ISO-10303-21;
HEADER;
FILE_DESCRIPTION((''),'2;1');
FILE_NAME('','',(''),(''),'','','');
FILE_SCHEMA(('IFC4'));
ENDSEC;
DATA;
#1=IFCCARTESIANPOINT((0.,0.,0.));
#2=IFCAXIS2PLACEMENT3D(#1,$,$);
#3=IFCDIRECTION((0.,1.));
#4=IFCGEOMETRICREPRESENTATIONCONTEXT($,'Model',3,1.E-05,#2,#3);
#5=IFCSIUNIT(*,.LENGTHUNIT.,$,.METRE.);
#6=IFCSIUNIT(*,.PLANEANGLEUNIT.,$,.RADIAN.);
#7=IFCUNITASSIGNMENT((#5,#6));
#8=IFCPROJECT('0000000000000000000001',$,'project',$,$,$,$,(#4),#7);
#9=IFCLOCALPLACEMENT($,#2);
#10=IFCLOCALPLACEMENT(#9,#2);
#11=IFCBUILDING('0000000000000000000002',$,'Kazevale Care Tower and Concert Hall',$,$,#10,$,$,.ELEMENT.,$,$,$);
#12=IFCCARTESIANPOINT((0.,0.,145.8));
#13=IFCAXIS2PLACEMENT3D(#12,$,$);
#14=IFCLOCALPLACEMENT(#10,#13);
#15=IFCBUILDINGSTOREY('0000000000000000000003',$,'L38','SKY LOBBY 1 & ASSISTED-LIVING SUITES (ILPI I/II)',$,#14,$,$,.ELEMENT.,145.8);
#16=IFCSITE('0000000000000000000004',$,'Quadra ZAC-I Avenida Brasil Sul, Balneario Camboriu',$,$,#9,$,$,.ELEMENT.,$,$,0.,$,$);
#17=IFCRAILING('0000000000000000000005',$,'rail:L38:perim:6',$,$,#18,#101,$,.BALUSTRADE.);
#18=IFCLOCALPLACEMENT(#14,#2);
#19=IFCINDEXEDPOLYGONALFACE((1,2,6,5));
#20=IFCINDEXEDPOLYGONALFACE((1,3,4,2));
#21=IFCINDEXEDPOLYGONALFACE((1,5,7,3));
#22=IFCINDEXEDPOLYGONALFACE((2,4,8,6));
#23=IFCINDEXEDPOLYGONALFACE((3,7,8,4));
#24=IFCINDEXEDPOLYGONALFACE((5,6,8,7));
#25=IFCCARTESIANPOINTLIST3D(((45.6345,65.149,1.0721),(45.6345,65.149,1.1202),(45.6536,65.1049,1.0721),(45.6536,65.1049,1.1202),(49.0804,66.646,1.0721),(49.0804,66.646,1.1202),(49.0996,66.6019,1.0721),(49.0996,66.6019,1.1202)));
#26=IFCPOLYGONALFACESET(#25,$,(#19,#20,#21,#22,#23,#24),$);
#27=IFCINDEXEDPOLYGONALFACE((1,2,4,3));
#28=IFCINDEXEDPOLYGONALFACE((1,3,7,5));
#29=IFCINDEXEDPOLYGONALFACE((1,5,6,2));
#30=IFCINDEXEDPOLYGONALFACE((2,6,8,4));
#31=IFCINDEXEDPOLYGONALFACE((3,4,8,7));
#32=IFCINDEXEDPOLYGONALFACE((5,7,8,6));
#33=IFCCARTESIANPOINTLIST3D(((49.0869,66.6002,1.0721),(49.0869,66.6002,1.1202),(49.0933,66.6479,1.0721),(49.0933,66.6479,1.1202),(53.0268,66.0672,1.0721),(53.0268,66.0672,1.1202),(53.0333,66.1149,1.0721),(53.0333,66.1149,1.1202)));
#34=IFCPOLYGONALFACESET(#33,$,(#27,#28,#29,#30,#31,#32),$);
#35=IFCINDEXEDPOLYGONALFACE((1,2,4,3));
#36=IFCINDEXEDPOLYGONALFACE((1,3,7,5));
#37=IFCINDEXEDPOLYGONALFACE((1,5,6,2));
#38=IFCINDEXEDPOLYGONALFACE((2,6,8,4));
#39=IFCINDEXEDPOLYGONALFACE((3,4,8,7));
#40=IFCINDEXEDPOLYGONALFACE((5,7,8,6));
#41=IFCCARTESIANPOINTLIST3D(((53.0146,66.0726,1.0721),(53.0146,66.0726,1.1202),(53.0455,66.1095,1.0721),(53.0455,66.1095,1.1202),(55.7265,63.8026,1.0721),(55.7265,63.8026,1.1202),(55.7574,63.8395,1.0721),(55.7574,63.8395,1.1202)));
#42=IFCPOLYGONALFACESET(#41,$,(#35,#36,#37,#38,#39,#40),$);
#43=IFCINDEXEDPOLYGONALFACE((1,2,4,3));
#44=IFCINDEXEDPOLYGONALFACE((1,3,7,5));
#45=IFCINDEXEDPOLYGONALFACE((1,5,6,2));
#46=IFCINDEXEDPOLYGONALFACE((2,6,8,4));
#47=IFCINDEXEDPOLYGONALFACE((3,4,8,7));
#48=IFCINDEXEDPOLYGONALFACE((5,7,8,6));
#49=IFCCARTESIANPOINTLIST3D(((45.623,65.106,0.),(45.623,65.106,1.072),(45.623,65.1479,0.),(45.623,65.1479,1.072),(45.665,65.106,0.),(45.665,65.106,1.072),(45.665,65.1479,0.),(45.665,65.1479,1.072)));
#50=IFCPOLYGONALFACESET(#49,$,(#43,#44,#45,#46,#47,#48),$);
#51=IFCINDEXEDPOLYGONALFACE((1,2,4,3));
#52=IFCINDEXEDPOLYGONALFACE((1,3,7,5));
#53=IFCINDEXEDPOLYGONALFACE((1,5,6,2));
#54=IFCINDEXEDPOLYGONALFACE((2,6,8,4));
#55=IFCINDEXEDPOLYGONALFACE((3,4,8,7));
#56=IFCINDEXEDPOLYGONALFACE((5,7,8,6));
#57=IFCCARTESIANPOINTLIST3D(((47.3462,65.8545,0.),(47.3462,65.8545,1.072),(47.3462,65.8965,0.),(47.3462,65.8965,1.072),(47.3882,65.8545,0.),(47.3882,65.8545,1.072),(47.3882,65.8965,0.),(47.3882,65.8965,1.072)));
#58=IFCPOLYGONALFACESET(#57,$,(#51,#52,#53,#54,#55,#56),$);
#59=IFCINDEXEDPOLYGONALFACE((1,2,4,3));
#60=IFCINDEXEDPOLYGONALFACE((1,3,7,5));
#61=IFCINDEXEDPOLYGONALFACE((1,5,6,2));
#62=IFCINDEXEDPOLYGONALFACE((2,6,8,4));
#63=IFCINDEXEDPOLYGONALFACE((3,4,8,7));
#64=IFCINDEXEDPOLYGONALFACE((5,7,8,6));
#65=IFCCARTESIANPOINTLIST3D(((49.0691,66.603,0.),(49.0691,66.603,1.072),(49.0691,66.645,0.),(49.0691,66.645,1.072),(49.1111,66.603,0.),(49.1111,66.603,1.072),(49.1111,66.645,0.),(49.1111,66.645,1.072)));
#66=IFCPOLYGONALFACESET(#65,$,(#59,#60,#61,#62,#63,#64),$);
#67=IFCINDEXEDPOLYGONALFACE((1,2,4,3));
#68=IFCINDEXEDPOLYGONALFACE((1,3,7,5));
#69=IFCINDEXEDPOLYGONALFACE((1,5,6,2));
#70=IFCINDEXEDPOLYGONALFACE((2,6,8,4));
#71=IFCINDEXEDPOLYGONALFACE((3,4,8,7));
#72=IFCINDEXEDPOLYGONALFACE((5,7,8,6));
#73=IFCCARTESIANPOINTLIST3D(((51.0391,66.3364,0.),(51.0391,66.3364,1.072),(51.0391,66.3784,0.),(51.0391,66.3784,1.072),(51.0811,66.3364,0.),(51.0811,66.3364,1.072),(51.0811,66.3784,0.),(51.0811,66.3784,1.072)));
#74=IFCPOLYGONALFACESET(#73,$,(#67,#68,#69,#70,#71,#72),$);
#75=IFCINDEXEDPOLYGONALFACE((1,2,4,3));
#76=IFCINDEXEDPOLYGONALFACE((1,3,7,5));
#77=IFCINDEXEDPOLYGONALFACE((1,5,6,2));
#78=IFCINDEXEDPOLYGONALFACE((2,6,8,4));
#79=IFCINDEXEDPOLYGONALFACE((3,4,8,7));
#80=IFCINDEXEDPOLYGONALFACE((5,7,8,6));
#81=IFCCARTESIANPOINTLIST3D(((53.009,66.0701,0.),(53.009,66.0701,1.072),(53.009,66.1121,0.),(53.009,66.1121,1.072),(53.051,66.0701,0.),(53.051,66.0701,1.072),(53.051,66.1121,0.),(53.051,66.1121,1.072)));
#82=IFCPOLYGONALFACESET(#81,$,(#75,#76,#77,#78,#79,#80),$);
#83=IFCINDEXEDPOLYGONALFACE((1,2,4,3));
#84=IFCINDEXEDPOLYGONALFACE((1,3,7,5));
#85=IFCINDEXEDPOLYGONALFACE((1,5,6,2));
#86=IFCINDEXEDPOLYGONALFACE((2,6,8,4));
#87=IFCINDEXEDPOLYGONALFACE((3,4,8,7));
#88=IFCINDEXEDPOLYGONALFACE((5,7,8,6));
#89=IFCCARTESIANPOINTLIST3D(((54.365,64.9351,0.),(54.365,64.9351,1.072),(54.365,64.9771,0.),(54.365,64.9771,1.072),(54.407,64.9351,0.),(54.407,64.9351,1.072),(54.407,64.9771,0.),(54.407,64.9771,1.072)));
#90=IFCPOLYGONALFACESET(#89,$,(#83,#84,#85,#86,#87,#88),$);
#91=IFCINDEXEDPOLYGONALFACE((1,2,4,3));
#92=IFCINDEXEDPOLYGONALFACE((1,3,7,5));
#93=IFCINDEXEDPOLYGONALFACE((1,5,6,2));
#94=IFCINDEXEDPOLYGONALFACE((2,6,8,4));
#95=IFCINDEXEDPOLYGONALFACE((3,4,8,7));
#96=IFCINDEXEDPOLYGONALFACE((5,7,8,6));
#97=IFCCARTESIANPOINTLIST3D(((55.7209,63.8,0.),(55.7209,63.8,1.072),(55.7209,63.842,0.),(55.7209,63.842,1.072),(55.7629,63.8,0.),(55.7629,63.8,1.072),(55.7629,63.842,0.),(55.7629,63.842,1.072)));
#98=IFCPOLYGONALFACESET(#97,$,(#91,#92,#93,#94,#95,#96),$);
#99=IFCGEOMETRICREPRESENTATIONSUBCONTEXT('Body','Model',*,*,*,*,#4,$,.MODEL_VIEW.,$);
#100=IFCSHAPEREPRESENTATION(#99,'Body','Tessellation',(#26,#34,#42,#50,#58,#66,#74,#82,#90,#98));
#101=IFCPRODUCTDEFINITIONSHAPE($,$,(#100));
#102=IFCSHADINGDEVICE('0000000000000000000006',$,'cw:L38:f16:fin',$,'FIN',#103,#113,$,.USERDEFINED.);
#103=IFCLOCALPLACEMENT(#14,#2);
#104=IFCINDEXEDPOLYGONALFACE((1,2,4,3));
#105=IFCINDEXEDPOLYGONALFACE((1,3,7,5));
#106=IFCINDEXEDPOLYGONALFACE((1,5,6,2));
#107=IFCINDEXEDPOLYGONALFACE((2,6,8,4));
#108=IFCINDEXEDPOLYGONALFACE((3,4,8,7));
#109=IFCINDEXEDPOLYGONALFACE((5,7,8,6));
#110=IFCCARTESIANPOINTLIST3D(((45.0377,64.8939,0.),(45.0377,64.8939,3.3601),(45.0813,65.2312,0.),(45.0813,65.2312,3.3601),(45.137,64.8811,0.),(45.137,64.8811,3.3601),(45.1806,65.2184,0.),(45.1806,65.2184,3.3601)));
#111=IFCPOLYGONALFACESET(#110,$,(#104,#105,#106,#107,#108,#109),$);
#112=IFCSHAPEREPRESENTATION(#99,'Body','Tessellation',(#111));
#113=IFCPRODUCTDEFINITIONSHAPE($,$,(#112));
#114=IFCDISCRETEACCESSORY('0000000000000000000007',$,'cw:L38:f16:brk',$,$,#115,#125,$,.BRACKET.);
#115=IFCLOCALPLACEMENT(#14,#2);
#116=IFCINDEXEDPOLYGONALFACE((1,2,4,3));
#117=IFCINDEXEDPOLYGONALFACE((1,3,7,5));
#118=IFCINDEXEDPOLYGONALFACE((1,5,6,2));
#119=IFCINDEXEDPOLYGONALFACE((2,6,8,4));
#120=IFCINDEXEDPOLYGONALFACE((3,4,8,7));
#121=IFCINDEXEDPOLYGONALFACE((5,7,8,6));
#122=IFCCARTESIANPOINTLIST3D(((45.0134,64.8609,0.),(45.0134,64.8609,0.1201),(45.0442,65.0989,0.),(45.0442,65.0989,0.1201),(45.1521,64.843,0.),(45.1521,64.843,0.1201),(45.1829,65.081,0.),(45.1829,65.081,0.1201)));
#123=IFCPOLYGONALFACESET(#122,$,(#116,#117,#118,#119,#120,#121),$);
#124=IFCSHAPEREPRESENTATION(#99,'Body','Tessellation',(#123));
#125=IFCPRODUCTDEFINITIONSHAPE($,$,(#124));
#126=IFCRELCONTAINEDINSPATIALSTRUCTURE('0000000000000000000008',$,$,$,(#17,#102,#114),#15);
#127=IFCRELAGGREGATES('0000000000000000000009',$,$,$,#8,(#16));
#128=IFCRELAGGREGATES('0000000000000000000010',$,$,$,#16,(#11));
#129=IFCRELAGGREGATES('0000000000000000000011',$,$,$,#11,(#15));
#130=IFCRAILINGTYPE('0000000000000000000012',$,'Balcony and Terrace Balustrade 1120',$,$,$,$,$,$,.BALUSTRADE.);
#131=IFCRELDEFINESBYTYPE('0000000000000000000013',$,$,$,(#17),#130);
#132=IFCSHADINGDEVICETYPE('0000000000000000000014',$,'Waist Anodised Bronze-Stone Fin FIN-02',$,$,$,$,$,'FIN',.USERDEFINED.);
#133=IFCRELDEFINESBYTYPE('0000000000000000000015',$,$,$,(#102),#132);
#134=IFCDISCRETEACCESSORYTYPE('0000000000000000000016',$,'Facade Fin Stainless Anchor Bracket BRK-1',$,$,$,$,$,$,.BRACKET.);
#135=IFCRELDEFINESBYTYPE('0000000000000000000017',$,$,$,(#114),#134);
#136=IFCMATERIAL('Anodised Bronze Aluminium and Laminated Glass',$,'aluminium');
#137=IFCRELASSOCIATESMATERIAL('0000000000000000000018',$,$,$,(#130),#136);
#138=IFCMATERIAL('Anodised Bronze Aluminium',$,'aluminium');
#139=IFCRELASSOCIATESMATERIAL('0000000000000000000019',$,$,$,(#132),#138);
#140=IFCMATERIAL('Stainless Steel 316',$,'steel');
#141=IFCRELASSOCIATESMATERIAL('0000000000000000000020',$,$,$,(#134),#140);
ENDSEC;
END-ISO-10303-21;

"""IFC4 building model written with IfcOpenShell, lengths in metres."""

from ifc_helpers import new_model, si_unit, direction, frame, origin, origin_2d, place, context, subcontext, project, spatial, rectangle, extrude, material, type_object, element, save


model = new_model("IFC4")

# Units and contexts
model_context = context("Model", 3, precision=1e-05, world=origin(), true_north=direction((0.0, 1.0)))
body_context = subcontext(model_context, "Body", "Model", "MODEL_VIEW")
ifc_project = project(units=[si_unit("LENGTHUNIT", "METRE"), si_unit("PLANEANGLEUNIT", "RADIAN")], contexts=[model_context])

# Site, building, storey
site_placement = place(None, origin())
site = spatial("IfcSite", under=ifc_project, at=site_placement, Name="Quadra ZAC-I Avenida Brasil Sul, Balneario Camboriu", CompositionType="ELEMENT", RefElevation=0.0)
building_placement = place(site_placement, origin())
building = spatial("IfcBuilding", under=site, at=building_placement, Name="Kazevale Care Tower and Concert Hall", CompositionType="ELEMENT")
storey_placement = place(building_placement, frame((0.0, 0.0, 145.8)))
storey = spatial("IfcBuildingStorey", under=building, at=storey_placement, Name="L38", Description="SKY LOBBY 1 & ASSISTED-LIVING SUITES (ILPI I/II)", CompositionType="ELEMENT", Elevation=145.8)

# Railing
ifc_material_1 = material(Name="Anodised Bronze Aluminium and Laminated Glass", Category="aluminium")
railing_type = type_object("IfcRailingType", Name="Balcony and Terrace Balustrade 1120", PredefinedType="BALUSTRADE", material=ifc_material_1)
railing_placement = place(storey_placement, frame((45.644, 65.127, 0.0)))
element("IfcRailing", 1, at=railing_placement, inside=storey, type_object=railing_type, Name="rail:L38:perim:6", PredefinedType="BALUSTRADE", context=body_context, shape_type="SweptSolid", body=[
    extrude(rectangle(XDim=0.0481, YDim=0.0481, at=origin_2d()), frame((0.0, 0.0, 1.0962), z_axis=(0.917188, 0.398455, 0.0), x_axis=(-0.398455, 0.917188, 0.0)), (0.0, 0.0, 1.0), 3.7571),
    extrude(rectangle(XDim=0.0481, YDim=0.0481, at=origin_2d()), frame((3.446, 1.4971, 1.0962), z_axis=(0.990975, -0.13405, 0.0), x_axis=(0.13405, 0.990975, 0.0)), (0.0, 0.0, 1.0), 3.9758),
    extrude(rectangle(XDim=0.0481, YDim=0.0481, at=origin_2d()), frame((7.386, 0.9641, 1.0962), z_axis=(0.766816, -0.641867, 0.0), x_axis=(0.641867, 0.766816, 0.0)), (0.0, 0.0, 1.0), 3.5366),
    extrude(rectangle(XDim=0.042, YDim=0.042, at=origin_2d()), origin(), (0.0, 0.0, 1.0), 1.072),
    extrude(rectangle(XDim=0.042, YDim=0.042, at=origin_2d()), frame((1.7231, 0.7485, 0.0)), (0.0, 0.0, 1.0), 1.072),
    extrude(rectangle(XDim=0.042, YDim=0.042, at=origin_2d()), frame((3.446, 1.4971, 0.0)), (0.0, 0.0, 1.0), 1.072),
    extrude(rectangle(XDim=0.042, YDim=0.042, at=origin_2d()), frame((5.416, 1.2305, 0.0)), (0.0, 0.0, 1.0), 1.072),
    extrude(rectangle(XDim=0.042, YDim=0.042, at=origin_2d()), frame((7.386, 0.9641, 0.0)), (0.0, 0.0, 1.0), 1.072),
    extrude(rectangle(XDim=0.042, YDim=0.042, at=origin_2d()), frame((8.7419, -0.1709, 0.0)), (0.0, 0.0, 1.0), 1.072),
    extrude(rectangle(XDim=0.042, YDim=0.042, at=origin_2d()), frame((10.0979, -1.3059, 0.0)), (0.0, 0.0, 1.0), 1.072),
])

# Shading device
ifc_material_2 = material(Name="Anodised Bronze Aluminium", Category="aluminium")
shading_device_type = type_object("IfcShadingDeviceType", Name="Waist Anodised Bronze-Stone Fin FIN-02", ElementType="FIN", PredefinedType="USERDEFINED", material=ifc_material_2)
shading_device_placement = place(storey_placement, frame((45.1091, 65.0562, 0.0), z_axis=(0.0, 0.0, 1.0), x_axis=(0.128276, 0.991738, 0.0)))
element("IfcShadingDevice", 2, at=shading_device_placement, inside=storey, type_object=shading_device_type, Name="cw:L38:f16:fin", ObjectType="FIN", PredefinedType="USERDEFINED", context=body_context, shape_type="SweptSolid", body=[
    extrude(rectangle(XDim=0.3401, YDim=0.1001, at=origin_2d()), origin(), (0.0, 0.0, 1.0), 3.3601),
])

# Discrete accessory
ifc_material_3 = material(Name="Stainless Steel 316", Category="steel")
discrete_accessory_type = type_object("IfcDiscreteAccessoryType", Name="Facade Fin Stainless Anchor Bracket BRK-1", PredefinedType="BRACKET", material=ifc_material_3)
discrete_accessory_placement = place(storey_placement, frame((45.0981, 64.9709, 0.0), z_axis=(0.0, 0.0, 1.0), x_axis=(0.128276, 0.991738, 0.0)))
element("IfcDiscreteAccessory", 3, at=discrete_accessory_placement, inside=storey, type_object=discrete_accessory_type, Name="cw:L38:f16:brk", PredefinedType="BRACKET", context=body_context, shape_type="SweptSolid", body=[
    extrude(rectangle(XDim=0.24, YDim=0.1399, at=origin_2d()), origin(), (0.0, 0.0, 1.0), 0.1201),
])

save(model, "model.ifc")
